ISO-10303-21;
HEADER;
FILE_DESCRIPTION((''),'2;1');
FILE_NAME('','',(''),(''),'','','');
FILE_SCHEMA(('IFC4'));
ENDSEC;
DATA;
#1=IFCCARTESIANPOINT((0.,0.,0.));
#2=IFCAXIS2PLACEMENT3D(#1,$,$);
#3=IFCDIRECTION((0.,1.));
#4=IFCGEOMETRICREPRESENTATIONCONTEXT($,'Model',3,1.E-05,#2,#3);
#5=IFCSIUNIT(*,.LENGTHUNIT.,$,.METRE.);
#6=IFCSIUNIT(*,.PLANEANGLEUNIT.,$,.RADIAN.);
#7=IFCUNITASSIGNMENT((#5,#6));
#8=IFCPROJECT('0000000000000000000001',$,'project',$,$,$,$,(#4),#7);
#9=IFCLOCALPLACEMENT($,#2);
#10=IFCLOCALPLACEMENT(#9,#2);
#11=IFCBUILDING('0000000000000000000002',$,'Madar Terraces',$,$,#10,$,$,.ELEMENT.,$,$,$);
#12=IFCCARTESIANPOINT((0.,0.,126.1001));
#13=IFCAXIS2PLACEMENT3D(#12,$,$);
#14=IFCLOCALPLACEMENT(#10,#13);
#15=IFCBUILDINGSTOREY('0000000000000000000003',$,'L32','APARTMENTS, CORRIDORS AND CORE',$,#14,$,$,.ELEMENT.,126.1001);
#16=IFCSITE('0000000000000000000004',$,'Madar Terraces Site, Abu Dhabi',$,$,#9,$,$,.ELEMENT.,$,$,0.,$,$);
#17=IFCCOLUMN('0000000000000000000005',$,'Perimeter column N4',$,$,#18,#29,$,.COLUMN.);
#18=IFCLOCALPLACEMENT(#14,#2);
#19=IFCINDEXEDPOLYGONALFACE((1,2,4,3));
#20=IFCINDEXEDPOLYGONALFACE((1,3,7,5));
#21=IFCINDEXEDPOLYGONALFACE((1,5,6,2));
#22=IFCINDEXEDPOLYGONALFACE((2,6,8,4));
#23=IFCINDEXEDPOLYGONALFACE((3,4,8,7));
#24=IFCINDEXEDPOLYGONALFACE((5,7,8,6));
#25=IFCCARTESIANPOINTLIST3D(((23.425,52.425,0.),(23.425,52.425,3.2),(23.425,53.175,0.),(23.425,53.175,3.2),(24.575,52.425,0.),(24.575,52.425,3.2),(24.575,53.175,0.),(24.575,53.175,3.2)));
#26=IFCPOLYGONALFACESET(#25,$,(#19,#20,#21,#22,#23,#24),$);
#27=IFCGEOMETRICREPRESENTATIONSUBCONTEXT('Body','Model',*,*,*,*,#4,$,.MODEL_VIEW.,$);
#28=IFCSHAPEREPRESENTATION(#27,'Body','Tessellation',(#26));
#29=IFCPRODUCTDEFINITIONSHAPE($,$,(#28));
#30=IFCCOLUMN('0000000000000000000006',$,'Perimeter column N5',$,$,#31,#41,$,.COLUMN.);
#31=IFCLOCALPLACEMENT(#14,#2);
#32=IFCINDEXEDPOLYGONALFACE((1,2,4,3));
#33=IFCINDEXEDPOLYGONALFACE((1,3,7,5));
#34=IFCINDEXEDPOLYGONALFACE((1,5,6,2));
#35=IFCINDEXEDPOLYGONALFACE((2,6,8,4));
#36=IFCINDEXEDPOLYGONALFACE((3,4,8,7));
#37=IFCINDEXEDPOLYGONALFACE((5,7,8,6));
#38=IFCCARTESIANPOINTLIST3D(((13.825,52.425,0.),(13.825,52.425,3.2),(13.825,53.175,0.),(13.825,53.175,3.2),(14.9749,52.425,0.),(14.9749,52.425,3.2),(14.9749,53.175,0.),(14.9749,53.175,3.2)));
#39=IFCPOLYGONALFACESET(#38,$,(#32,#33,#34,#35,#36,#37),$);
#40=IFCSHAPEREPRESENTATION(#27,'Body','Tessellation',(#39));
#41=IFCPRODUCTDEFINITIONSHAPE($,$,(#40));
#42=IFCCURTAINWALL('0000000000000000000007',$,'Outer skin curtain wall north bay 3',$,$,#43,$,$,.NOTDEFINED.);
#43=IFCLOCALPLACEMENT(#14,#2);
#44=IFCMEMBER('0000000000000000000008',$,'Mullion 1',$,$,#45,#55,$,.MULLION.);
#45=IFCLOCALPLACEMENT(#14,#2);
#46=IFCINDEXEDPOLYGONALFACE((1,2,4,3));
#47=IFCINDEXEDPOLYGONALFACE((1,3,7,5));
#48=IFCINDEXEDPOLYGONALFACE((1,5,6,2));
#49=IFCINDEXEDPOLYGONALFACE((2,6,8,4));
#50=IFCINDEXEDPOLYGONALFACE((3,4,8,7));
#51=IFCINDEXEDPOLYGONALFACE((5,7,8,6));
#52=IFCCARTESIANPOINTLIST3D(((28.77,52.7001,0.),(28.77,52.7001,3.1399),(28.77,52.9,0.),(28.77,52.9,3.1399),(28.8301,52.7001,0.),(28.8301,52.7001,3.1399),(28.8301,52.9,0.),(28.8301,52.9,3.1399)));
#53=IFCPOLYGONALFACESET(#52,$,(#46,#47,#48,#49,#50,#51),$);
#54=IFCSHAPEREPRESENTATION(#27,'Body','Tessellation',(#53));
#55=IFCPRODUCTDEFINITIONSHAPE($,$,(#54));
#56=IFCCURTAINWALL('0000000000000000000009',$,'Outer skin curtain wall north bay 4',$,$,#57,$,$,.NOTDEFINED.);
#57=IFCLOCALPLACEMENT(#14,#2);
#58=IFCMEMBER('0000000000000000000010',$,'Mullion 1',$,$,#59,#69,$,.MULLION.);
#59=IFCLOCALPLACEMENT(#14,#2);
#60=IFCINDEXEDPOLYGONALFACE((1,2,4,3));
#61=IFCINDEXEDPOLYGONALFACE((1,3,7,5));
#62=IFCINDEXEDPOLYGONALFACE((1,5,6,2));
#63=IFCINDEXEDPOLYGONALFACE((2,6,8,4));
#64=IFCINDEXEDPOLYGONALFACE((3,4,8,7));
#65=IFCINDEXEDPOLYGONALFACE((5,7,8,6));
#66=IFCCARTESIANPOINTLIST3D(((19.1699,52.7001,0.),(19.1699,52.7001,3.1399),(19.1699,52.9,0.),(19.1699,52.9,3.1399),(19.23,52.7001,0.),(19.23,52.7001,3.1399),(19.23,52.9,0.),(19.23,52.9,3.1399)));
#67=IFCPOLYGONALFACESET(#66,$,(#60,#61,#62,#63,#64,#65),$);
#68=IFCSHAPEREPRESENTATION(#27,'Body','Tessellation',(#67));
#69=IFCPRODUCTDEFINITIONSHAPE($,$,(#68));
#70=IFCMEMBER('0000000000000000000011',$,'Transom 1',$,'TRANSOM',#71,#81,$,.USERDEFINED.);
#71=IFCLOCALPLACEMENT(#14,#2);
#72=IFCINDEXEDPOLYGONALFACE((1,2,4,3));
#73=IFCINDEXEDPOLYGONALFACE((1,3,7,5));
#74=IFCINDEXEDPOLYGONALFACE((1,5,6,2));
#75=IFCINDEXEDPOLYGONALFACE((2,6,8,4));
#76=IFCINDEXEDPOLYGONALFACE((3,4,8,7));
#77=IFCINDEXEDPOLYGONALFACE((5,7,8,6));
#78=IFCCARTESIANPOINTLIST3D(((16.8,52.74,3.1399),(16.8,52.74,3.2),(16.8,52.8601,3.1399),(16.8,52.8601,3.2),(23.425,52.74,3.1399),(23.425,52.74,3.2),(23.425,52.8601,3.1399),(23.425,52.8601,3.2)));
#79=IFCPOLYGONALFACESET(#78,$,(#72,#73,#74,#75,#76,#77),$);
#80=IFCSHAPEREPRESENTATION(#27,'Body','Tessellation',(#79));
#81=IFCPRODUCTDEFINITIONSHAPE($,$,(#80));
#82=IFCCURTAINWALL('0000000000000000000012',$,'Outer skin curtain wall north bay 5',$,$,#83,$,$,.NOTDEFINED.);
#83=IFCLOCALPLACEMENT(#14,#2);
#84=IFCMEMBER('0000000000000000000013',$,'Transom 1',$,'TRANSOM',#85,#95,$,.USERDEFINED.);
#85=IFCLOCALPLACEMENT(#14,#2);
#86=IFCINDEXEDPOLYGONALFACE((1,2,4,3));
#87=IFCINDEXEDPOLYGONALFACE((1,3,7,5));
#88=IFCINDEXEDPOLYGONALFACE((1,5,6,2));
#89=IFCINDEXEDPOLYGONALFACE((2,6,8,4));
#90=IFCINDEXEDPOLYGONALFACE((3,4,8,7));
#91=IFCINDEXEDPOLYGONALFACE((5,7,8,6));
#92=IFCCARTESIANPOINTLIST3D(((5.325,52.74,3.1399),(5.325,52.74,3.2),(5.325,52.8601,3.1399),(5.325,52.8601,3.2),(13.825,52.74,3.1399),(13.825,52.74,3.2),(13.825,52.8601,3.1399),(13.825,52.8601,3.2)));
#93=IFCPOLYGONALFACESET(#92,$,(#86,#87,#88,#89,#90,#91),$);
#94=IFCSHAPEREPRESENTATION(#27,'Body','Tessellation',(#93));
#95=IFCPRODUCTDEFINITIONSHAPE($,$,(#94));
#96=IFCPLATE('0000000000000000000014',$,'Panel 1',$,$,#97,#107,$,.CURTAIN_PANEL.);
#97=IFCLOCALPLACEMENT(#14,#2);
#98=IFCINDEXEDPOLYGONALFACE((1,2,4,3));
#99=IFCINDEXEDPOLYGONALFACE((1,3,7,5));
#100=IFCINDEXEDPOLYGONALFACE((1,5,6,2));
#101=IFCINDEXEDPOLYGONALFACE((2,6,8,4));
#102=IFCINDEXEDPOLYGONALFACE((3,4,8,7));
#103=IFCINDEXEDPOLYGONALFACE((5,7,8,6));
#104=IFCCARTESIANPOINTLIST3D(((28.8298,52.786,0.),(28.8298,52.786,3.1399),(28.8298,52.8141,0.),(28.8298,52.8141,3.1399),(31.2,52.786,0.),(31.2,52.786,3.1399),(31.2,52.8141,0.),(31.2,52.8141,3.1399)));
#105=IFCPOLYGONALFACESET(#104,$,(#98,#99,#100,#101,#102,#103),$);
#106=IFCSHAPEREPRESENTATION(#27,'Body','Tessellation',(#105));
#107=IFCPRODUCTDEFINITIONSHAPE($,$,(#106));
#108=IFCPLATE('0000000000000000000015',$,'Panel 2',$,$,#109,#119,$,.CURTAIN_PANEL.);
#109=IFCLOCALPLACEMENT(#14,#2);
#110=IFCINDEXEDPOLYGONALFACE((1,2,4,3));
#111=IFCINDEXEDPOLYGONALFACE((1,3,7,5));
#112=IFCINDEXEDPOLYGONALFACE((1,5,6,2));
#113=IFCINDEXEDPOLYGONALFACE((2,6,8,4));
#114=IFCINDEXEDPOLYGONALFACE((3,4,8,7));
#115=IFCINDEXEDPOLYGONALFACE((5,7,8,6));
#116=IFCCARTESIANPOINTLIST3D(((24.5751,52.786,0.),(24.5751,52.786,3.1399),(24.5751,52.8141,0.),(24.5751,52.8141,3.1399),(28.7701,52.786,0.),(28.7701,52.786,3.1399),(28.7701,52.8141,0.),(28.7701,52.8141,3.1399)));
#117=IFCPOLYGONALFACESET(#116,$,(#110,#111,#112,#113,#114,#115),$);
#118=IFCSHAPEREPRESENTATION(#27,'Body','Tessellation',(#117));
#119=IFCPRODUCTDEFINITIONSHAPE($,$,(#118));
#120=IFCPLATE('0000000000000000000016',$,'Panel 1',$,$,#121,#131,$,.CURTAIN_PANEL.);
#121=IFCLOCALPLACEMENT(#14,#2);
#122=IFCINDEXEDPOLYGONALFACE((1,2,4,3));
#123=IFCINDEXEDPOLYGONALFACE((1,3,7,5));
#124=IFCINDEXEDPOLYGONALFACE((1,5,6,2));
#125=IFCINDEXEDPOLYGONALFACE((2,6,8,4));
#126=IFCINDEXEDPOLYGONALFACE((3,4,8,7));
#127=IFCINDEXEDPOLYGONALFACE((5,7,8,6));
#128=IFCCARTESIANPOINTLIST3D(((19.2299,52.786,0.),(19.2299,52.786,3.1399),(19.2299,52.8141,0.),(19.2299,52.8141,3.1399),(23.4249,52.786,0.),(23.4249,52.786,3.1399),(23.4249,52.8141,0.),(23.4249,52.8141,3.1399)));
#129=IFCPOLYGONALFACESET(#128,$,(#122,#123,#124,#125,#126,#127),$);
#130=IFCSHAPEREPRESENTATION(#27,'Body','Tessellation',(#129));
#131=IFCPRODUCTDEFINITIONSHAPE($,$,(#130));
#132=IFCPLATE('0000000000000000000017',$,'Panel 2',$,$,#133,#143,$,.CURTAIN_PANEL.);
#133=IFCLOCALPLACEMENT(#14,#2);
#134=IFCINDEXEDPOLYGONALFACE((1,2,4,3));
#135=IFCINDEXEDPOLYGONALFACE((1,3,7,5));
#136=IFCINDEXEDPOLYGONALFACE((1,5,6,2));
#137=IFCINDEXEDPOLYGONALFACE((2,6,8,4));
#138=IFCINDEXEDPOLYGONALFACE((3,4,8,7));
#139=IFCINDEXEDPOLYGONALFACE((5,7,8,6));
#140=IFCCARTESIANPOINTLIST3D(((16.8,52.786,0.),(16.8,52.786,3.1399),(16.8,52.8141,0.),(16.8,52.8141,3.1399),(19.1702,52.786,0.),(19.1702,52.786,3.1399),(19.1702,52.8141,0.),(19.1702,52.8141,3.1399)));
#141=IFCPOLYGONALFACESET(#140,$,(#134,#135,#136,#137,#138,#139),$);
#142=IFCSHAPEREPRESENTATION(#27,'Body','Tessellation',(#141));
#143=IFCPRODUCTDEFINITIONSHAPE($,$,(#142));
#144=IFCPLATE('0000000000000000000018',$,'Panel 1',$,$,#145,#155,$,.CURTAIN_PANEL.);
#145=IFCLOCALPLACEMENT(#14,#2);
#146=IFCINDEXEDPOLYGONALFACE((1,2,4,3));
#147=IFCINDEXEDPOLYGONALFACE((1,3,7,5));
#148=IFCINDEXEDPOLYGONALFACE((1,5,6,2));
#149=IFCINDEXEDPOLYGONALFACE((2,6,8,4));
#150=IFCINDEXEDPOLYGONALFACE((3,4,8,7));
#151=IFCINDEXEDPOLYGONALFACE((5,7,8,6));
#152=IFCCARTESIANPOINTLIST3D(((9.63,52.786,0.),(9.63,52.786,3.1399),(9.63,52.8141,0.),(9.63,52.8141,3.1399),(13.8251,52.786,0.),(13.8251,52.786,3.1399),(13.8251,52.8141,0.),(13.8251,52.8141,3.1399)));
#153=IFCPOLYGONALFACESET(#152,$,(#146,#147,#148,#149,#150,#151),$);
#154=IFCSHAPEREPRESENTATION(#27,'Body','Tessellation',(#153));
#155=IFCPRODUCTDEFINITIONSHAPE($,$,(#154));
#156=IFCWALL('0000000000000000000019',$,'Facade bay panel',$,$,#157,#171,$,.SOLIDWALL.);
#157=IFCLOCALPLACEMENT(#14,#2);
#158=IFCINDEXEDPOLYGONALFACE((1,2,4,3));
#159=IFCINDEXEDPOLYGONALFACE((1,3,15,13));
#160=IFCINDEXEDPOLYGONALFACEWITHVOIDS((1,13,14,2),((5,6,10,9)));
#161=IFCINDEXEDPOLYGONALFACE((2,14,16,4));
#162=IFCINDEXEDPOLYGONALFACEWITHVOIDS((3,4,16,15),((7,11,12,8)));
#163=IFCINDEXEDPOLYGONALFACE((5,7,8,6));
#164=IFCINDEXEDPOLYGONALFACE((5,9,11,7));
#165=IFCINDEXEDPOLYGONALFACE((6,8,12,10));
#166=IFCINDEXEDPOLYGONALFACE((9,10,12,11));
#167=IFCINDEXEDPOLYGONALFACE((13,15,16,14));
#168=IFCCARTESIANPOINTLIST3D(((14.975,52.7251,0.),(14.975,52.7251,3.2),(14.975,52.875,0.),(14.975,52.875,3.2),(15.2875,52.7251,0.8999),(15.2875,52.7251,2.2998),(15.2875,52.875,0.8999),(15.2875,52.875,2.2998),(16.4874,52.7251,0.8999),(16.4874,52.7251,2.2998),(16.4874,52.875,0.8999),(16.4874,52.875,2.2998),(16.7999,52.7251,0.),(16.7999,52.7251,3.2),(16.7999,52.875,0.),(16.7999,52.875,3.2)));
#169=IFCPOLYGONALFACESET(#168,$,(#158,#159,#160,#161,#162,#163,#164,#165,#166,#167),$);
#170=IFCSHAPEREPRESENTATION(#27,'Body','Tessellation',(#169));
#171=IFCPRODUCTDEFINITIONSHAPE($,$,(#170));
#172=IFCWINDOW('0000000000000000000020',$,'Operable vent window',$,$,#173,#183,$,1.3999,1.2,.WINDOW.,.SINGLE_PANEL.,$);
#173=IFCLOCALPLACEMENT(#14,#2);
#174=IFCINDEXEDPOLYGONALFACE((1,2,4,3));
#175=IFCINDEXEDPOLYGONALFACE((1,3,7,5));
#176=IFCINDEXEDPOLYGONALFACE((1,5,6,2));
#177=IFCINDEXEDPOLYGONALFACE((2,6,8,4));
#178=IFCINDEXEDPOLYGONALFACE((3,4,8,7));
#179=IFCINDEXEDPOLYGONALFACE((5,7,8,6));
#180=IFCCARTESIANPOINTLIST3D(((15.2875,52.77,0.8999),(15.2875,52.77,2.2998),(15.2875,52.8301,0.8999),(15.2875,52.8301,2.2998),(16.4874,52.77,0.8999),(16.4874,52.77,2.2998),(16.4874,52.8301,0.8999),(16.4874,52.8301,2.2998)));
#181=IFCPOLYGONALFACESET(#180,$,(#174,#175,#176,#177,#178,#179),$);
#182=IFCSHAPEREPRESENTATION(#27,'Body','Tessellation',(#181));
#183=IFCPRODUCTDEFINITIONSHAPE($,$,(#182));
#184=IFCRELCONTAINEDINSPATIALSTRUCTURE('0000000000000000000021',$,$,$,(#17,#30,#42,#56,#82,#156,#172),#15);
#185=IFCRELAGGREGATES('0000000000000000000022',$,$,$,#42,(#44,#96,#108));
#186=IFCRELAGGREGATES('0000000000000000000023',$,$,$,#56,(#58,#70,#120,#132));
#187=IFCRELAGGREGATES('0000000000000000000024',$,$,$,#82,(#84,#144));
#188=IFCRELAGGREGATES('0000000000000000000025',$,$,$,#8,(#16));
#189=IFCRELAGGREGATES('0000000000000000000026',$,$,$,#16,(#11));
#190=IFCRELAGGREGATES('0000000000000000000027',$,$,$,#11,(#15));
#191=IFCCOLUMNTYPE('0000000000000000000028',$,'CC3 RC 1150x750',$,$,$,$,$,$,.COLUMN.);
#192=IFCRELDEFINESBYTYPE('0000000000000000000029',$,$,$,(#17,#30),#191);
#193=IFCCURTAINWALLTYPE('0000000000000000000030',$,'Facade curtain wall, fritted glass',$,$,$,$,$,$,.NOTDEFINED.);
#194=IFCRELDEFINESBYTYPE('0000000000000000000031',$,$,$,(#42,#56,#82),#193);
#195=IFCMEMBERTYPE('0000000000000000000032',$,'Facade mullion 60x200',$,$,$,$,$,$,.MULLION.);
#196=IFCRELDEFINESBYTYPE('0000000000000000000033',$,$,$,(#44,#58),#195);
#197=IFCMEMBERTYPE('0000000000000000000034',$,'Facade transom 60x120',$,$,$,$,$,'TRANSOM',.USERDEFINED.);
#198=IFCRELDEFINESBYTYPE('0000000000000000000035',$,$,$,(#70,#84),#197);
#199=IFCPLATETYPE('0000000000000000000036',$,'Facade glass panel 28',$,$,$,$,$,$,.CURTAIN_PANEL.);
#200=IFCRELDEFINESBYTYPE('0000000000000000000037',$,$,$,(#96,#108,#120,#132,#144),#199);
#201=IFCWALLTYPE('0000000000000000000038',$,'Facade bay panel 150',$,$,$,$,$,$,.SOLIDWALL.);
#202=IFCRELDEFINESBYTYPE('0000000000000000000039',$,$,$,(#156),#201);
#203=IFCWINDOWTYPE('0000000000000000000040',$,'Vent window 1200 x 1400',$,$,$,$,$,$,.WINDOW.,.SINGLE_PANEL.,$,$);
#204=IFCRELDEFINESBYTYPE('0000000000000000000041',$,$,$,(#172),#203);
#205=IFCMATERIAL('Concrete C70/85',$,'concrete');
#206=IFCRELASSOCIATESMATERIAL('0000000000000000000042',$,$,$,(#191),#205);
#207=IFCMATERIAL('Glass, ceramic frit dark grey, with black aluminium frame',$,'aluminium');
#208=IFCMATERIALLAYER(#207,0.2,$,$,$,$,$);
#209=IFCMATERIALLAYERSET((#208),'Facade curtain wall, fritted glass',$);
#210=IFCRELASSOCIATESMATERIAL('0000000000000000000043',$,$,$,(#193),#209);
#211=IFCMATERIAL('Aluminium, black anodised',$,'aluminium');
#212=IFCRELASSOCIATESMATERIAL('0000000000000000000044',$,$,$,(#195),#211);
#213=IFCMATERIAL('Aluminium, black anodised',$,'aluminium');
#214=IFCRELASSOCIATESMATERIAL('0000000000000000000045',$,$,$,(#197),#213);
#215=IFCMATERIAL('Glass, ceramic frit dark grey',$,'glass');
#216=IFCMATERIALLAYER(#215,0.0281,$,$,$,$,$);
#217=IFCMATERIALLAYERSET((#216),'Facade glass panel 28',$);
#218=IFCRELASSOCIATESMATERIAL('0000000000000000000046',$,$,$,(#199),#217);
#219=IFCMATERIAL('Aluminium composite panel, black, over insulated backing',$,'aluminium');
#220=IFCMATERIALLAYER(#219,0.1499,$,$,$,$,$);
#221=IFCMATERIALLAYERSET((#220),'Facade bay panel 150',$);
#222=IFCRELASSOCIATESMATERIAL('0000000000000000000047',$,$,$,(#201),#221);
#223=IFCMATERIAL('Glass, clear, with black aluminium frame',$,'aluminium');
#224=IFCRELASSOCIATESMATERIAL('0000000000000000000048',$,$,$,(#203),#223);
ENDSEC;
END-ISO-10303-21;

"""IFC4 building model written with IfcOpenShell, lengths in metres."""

from ifc_helpers import new_model, si_unit, direction, frame, frame_2d, origin, origin_2d, place, context, subcontext, project, spatial, rectangle, extrude, material, layer, layer_set, material_profile, profile_set, type_object, element, fill, aggregate, save


model = new_model("IFC4")

# Units and contexts
model_context = context("Model", 3, precision=1e-05, world=origin(), true_north=direction((0.0, 1.0)))
body_context = subcontext(model_context, "Body", "Model", "MODEL_VIEW")
ifc_project = project(units=[si_unit("LENGTHUNIT", "METRE"), si_unit("PLANEANGLEUNIT", "RADIAN")], contexts=[model_context])

# Site, building, storey
site_placement = place(None, origin())
site = spatial("IfcSite", under=ifc_project, at=site_placement, Name="Madar Terraces Site, Abu Dhabi", CompositionType="ELEMENT", RefElevation=0.0)
building_placement = place(site_placement, origin())
building = spatial("IfcBuilding", under=site, at=building_placement, Name="Madar Terraces", CompositionType="ELEMENT")
storey_placement = place(building_placement, frame((0.0, 0.0, 126.1001)))
storey = spatial("IfcBuildingStorey", under=building, at=storey_placement, Name="L32", Description="APARTMENTS, CORRIDORS AND CORE", CompositionType="ELEMENT", Elevation=126.1001)

# Columns
ifc_material_1 = material(Name="Concrete C70/85", Category="concrete")
ifc_material_profile_1 = material_profile(ifc_material_1, rectangle(XDim=1.1499, YDim=0.75, at=origin_2d()), Name="CC3 RC 1150x750")
ifc_profile_set_1 = profile_set([ifc_material_profile_1], Name="Concrete C70/85")
column_type = type_object("IfcColumnType", Name="CC3 RC 1150x750", PredefinedType="COLUMN", material=ifc_profile_set_1)
for number, where, z_axis, x_axis, name in (
    (1, (24.0, 52.8, 0.0), (0.0, 0.0, 1.0), (1.0, 0.0, 0.0), "Perimeter column N4"),
    (2, (14.3999, 52.8, 0.0), (0.0, 0.0, 1.0), (1.0, 0.0, 0.0), "Perimeter column N5"),
):
    element("IfcColumn", number, at=place(storey_placement, frame(where, z_axis=z_axis, x_axis=x_axis)), inside=storey, type_object=column_type, Name=name, PredefinedType="COLUMN", context=body_context, shape_type="SweptSolid", body=[
        extrude(rectangle(XDim=1.1499, YDim=0.75, at=origin_2d()), origin(), (0.0, 0.0, 1.0), 3.2),
    ])

# Curtain wall, member
ifc_material_2 = material(Name="Glass, ceramic frit dark grey, with black aluminium frame", Category="aluminium")
ifc_layer_1 = layer(ifc_material_2, 0.2)
ifc_layer_set_1 = layer_set([ifc_layer_1], Name="Facade curtain wall, fritted glass")
curtain_wall_type = type_object("IfcCurtainWallType", Name="Facade curtain wall, fritted glass", PredefinedType="NOTDEFINED", material=ifc_layer_set_1)
curtain_wall_1_placement = place(storey_placement, origin())
curtain_wall_1 = element("IfcCurtainWall", 3, at=curtain_wall_1_placement, inside=storey, type_object=curtain_wall_type, Name="Outer skin curtain wall north bay 3", PredefinedType="NOTDEFINED")
ifc_material_3 = material(Name="Aluminium, black anodised", Category="aluminium")
ifc_material_profile_2 = material_profile(ifc_material_3, rectangle(XDim=0.2, YDim=0.0601, at=origin_2d()), Name="Facade mullion 60x200")
ifc_profile_set_2 = profile_set([ifc_material_profile_2], Name="Aluminium, black anodised")
member_type_1 = type_object("IfcMemberType", Name="Facade mullion 60x200", PredefinedType="MULLION", material=ifc_profile_set_2)
member_1_placement = place(storey_placement, frame((28.8, 52.8, 0.0), z_axis=(0.0, 0.0, 1.0), x_axis=(0.0, -1.0, 0.0)))
member_1 = element("IfcMember", 4, at=member_1_placement, type_object=member_type_1, Name="Mullion 1", PredefinedType="MULLION", context=body_context, shape_type="SweptSolid", body=[
    extrude(rectangle(XDim=0.2, YDim=0.0601, at=origin_2d()), origin(), (0.0, 0.0, 1.0), 3.1399),
])

# Curtain wall, members
curtain_wall_2_placement = place(storey_placement, origin())
curtain_wall_2 = element("IfcCurtainWall", 5, at=curtain_wall_2_placement, inside=storey, type_object=curtain_wall_type, Name="Outer skin curtain wall north bay 4", PredefinedType="NOTDEFINED")
member_2_placement = place(storey_placement, frame((19.2, 52.8, 0.0), z_axis=(0.0, 0.0, 1.0), x_axis=(0.0, -1.0, 0.0)))
member_2 = element("IfcMember", 6, at=member_2_placement, type_object=member_type_1, Name="Mullion 1", PredefinedType="MULLION", context=body_context, shape_type="SweptSolid", body=[
    extrude(rectangle(XDim=0.2, YDim=0.0601, at=origin_2d()), origin(), (0.0, 0.0, 1.0), 3.1399),
])
ifc_material_4 = material(Name="Aluminium, black anodised", Category="aluminium")
ifc_material_profile_3 = material_profile(ifc_material_4, rectangle(XDim=0.1201, YDim=0.0601, at=origin_2d()), Name="Facade transom 60x120")
ifc_profile_set_3 = profile_set([ifc_material_profile_3], Name="Aluminium, black anodised")
member_type_2 = type_object("IfcMemberType", Name="Facade transom 60x120", ElementType="TRANSOM", PredefinedType="USERDEFINED", material=ifc_profile_set_3)
member_3_placement = place(storey_placement, frame((23.425, 52.8, 3.1699), z_axis=(-1.0, 0.0, 0.0), x_axis=(0.0, -1.0, 0.0)))
member_3 = element("IfcMember", 7, at=member_3_placement, type_object=member_type_2, Name="Transom 1", ObjectType="TRANSOM", PredefinedType="USERDEFINED", context=body_context, shape_type="SweptSolid", body=[
    extrude(rectangle(XDim=0.1201, YDim=0.0601, at=origin_2d()), origin(), (0.0, 0.0, 1.0), 6.625),
])

# Curtain wall, member
curtain_wall_3_placement = place(storey_placement, origin())
curtain_wall_3 = element("IfcCurtainWall", 8, at=curtain_wall_3_placement, inside=storey, type_object=curtain_wall_type, Name="Outer skin curtain wall north bay 5", PredefinedType="NOTDEFINED")
member_4_placement = place(storey_placement, frame((13.825, 52.8, 3.1699), z_axis=(-1.0, 0.0, 0.0), x_axis=(0.0, -1.0, 0.0)))
member_4 = element("IfcMember", 9, at=member_4_placement, type_object=member_type_2, Name="Transom 1", ObjectType="TRANSOM", PredefinedType="USERDEFINED", context=body_context, shape_type="SweptSolid", body=[
    extrude(rectangle(XDim=0.1201, YDim=0.0601, at=origin_2d()), origin(), (0.0, 0.0, 1.0), 8.5),
])

# Plates
ifc_material_5 = material(Name="Glass, ceramic frit dark grey", Category="glass")
ifc_layer_2 = layer(ifc_material_5, 0.0281)
ifc_layer_set_2 = layer_set([ifc_layer_2], Name="Facade glass panel 28")
plate_type = type_object("IfcPlateType", Name="Facade glass panel 28", PredefinedType="CURTAIN_PANEL", material=ifc_layer_set_2)
plate_1_placement = place(storey_placement, frame((30.0149, 52.8, 0.0), z_axis=(0.0, 0.0, 1.0), x_axis=(-1.0, 0.0, 0.0)))
plate_1 = element("IfcPlate", 10, at=plate_1_placement, type_object=plate_type, Name="Panel 1", PredefinedType="CURTAIN_PANEL", context=body_context, shape_type="SweptSolid", body=[
    extrude(rectangle(XDim=2.3701, YDim=0.0281, at=origin_2d()), origin(), (0.0, 0.0, 1.0), 3.1399),
])
plate_2_placement = place(storey_placement, frame((26.6726, 52.8, 0.0), z_axis=(0.0, 0.0, 1.0), x_axis=(-1.0, 0.0, 0.0)))
plate_2 = element("IfcPlate", 11, at=plate_2_placement, type_object=plate_type, Name="Panel 2", PredefinedType="CURTAIN_PANEL", context=body_context, shape_type="SweptSolid", body=[
    extrude(rectangle(XDim=4.1951, YDim=0.0281, at=origin_2d()), origin(), (0.0, 0.0, 1.0), 3.1399),
])
aggregate(curtain_wall_1, [member_1, plate_1, plate_2])
plate_3_placement = place(storey_placement, frame((21.3274, 52.8, 0.0), z_axis=(0.0, 0.0, 1.0), x_axis=(-1.0, 0.0, 0.0)))
plate_3 = element("IfcPlate", 12, at=plate_3_placement, type_object=plate_type, Name="Panel 1", PredefinedType="CURTAIN_PANEL", context=body_context, shape_type="SweptSolid", body=[
    extrude(rectangle(XDim=4.1951, YDim=0.0281, at=origin_2d()), origin(), (0.0, 0.0, 1.0), 3.1399),
])
plate_4_placement = place(storey_placement, frame((17.9851, 52.8, 0.0), z_axis=(0.0, 0.0, 1.0), x_axis=(-1.0, 0.0, 0.0)))
plate_4 = element("IfcPlate", 13, at=plate_4_placement, type_object=plate_type, Name="Panel 2", PredefinedType="CURTAIN_PANEL", context=body_context, shape_type="SweptSolid", body=[
    extrude(rectangle(XDim=2.3701, YDim=0.0281, at=origin_2d()), origin(), (0.0, 0.0, 1.0), 3.1399),
])
aggregate(curtain_wall_2, [member_2, member_3, plate_3, plate_4])
plate_5_placement = place(storey_placement, frame((11.7275, 52.8, 0.0), z_axis=(0.0, 0.0, 1.0), x_axis=(-1.0, 0.0, 0.0)))
plate_5 = element("IfcPlate", 14, at=plate_5_placement, type_object=plate_type, Name="Panel 1", PredefinedType="CURTAIN_PANEL", context=body_context, shape_type="SweptSolid", body=[
    extrude(rectangle(XDim=4.1951, YDim=0.0281, at=origin_2d()), origin(), (0.0, 0.0, 1.0), 3.1399),
])
aggregate(curtain_wall_3, [member_4, plate_5])

# Wall, opening, window
ifc_material_6 = material(Name="Aluminium composite panel, black, over insulated backing", Category="aluminium")
ifc_layer_3 = layer(ifc_material_6, 0.1499)
ifc_layer_set_3 = layer_set([ifc_layer_3], Name="Facade bay panel 150")
wall_type_1 = type_object("IfcWallType", Name="Facade bay panel 150", PredefinedType="SOLIDWALL", material=ifc_layer_set_3)
wall_1_placement = place(storey_placement, frame((16.8, 52.8, 0.0), z_axis=(0.0, 0.0, 1.0), x_axis=(-1.0, 0.0, 0.0)))
wall_1 = element("IfcWall", 15, at=wall_1_placement, inside=storey, type_object=wall_type_1, Name="Facade bay panel", PredefinedType="SOLIDWALL", context=body_context, shape_type="SweptSolid", body=[
    extrude(rectangle(XDim=1.825, YDim=0.1499, at=frame_2d((0.9126, 0.0))), origin(), (0.0, 0.0, 1.0), 3.2),
])
opening_1_placement = place(wall_1_placement, frame((0.3125, 0.0, 0.8999)))
opening_1 = element("IfcOpeningElement", 16, at=opening_1_placement, cuts=wall_1, PredefinedType="OPENING", context=body_context, shape_type="SweptSolid", body=[
    extrude(rectangle(XDim=1.2, YDim=1.3999, at=frame_2d((0.6001, 0.7))), frame((0.0, 0.085, 0.0), z_axis=(0.0, -1.0, 0.0), x_axis=(1.0, 0.0, 0.0)), (0.0, 0.0, 1.0), 0.1699),
])
ifc_material_7 = material(Name="Glass, clear, with black aluminium frame", Category="aluminium")
window_type = type_object("IfcWindowType", Name="Vent window 1200 x 1400", PartitioningType="SINGLE_PANEL", PredefinedType="WINDOW", material=ifc_material_7)
window_placement = place(opening_1_placement, origin())
window = element("IfcWindow", 17, at=window_placement, inside=storey, type_object=window_type, Name="Operable vent window", OverallHeight=1.3999, OverallWidth=1.2, PartitioningType="SINGLE_PANEL", PredefinedType="WINDOW", context=body_context, shape_type="SweptSolid", body=[
    extrude(rectangle(XDim=1.2, YDim=1.3999, at=frame_2d((0.6001, 0.7))), frame((0.0, 0.03, 0.0), z_axis=(0.0, -1.0, 0.0), x_axis=(1.0, 0.0, 0.0)), (0.0, 0.0, 1.0), 0.0601),
])
fill(opening_1, window)

save(model, "model.ifc")
